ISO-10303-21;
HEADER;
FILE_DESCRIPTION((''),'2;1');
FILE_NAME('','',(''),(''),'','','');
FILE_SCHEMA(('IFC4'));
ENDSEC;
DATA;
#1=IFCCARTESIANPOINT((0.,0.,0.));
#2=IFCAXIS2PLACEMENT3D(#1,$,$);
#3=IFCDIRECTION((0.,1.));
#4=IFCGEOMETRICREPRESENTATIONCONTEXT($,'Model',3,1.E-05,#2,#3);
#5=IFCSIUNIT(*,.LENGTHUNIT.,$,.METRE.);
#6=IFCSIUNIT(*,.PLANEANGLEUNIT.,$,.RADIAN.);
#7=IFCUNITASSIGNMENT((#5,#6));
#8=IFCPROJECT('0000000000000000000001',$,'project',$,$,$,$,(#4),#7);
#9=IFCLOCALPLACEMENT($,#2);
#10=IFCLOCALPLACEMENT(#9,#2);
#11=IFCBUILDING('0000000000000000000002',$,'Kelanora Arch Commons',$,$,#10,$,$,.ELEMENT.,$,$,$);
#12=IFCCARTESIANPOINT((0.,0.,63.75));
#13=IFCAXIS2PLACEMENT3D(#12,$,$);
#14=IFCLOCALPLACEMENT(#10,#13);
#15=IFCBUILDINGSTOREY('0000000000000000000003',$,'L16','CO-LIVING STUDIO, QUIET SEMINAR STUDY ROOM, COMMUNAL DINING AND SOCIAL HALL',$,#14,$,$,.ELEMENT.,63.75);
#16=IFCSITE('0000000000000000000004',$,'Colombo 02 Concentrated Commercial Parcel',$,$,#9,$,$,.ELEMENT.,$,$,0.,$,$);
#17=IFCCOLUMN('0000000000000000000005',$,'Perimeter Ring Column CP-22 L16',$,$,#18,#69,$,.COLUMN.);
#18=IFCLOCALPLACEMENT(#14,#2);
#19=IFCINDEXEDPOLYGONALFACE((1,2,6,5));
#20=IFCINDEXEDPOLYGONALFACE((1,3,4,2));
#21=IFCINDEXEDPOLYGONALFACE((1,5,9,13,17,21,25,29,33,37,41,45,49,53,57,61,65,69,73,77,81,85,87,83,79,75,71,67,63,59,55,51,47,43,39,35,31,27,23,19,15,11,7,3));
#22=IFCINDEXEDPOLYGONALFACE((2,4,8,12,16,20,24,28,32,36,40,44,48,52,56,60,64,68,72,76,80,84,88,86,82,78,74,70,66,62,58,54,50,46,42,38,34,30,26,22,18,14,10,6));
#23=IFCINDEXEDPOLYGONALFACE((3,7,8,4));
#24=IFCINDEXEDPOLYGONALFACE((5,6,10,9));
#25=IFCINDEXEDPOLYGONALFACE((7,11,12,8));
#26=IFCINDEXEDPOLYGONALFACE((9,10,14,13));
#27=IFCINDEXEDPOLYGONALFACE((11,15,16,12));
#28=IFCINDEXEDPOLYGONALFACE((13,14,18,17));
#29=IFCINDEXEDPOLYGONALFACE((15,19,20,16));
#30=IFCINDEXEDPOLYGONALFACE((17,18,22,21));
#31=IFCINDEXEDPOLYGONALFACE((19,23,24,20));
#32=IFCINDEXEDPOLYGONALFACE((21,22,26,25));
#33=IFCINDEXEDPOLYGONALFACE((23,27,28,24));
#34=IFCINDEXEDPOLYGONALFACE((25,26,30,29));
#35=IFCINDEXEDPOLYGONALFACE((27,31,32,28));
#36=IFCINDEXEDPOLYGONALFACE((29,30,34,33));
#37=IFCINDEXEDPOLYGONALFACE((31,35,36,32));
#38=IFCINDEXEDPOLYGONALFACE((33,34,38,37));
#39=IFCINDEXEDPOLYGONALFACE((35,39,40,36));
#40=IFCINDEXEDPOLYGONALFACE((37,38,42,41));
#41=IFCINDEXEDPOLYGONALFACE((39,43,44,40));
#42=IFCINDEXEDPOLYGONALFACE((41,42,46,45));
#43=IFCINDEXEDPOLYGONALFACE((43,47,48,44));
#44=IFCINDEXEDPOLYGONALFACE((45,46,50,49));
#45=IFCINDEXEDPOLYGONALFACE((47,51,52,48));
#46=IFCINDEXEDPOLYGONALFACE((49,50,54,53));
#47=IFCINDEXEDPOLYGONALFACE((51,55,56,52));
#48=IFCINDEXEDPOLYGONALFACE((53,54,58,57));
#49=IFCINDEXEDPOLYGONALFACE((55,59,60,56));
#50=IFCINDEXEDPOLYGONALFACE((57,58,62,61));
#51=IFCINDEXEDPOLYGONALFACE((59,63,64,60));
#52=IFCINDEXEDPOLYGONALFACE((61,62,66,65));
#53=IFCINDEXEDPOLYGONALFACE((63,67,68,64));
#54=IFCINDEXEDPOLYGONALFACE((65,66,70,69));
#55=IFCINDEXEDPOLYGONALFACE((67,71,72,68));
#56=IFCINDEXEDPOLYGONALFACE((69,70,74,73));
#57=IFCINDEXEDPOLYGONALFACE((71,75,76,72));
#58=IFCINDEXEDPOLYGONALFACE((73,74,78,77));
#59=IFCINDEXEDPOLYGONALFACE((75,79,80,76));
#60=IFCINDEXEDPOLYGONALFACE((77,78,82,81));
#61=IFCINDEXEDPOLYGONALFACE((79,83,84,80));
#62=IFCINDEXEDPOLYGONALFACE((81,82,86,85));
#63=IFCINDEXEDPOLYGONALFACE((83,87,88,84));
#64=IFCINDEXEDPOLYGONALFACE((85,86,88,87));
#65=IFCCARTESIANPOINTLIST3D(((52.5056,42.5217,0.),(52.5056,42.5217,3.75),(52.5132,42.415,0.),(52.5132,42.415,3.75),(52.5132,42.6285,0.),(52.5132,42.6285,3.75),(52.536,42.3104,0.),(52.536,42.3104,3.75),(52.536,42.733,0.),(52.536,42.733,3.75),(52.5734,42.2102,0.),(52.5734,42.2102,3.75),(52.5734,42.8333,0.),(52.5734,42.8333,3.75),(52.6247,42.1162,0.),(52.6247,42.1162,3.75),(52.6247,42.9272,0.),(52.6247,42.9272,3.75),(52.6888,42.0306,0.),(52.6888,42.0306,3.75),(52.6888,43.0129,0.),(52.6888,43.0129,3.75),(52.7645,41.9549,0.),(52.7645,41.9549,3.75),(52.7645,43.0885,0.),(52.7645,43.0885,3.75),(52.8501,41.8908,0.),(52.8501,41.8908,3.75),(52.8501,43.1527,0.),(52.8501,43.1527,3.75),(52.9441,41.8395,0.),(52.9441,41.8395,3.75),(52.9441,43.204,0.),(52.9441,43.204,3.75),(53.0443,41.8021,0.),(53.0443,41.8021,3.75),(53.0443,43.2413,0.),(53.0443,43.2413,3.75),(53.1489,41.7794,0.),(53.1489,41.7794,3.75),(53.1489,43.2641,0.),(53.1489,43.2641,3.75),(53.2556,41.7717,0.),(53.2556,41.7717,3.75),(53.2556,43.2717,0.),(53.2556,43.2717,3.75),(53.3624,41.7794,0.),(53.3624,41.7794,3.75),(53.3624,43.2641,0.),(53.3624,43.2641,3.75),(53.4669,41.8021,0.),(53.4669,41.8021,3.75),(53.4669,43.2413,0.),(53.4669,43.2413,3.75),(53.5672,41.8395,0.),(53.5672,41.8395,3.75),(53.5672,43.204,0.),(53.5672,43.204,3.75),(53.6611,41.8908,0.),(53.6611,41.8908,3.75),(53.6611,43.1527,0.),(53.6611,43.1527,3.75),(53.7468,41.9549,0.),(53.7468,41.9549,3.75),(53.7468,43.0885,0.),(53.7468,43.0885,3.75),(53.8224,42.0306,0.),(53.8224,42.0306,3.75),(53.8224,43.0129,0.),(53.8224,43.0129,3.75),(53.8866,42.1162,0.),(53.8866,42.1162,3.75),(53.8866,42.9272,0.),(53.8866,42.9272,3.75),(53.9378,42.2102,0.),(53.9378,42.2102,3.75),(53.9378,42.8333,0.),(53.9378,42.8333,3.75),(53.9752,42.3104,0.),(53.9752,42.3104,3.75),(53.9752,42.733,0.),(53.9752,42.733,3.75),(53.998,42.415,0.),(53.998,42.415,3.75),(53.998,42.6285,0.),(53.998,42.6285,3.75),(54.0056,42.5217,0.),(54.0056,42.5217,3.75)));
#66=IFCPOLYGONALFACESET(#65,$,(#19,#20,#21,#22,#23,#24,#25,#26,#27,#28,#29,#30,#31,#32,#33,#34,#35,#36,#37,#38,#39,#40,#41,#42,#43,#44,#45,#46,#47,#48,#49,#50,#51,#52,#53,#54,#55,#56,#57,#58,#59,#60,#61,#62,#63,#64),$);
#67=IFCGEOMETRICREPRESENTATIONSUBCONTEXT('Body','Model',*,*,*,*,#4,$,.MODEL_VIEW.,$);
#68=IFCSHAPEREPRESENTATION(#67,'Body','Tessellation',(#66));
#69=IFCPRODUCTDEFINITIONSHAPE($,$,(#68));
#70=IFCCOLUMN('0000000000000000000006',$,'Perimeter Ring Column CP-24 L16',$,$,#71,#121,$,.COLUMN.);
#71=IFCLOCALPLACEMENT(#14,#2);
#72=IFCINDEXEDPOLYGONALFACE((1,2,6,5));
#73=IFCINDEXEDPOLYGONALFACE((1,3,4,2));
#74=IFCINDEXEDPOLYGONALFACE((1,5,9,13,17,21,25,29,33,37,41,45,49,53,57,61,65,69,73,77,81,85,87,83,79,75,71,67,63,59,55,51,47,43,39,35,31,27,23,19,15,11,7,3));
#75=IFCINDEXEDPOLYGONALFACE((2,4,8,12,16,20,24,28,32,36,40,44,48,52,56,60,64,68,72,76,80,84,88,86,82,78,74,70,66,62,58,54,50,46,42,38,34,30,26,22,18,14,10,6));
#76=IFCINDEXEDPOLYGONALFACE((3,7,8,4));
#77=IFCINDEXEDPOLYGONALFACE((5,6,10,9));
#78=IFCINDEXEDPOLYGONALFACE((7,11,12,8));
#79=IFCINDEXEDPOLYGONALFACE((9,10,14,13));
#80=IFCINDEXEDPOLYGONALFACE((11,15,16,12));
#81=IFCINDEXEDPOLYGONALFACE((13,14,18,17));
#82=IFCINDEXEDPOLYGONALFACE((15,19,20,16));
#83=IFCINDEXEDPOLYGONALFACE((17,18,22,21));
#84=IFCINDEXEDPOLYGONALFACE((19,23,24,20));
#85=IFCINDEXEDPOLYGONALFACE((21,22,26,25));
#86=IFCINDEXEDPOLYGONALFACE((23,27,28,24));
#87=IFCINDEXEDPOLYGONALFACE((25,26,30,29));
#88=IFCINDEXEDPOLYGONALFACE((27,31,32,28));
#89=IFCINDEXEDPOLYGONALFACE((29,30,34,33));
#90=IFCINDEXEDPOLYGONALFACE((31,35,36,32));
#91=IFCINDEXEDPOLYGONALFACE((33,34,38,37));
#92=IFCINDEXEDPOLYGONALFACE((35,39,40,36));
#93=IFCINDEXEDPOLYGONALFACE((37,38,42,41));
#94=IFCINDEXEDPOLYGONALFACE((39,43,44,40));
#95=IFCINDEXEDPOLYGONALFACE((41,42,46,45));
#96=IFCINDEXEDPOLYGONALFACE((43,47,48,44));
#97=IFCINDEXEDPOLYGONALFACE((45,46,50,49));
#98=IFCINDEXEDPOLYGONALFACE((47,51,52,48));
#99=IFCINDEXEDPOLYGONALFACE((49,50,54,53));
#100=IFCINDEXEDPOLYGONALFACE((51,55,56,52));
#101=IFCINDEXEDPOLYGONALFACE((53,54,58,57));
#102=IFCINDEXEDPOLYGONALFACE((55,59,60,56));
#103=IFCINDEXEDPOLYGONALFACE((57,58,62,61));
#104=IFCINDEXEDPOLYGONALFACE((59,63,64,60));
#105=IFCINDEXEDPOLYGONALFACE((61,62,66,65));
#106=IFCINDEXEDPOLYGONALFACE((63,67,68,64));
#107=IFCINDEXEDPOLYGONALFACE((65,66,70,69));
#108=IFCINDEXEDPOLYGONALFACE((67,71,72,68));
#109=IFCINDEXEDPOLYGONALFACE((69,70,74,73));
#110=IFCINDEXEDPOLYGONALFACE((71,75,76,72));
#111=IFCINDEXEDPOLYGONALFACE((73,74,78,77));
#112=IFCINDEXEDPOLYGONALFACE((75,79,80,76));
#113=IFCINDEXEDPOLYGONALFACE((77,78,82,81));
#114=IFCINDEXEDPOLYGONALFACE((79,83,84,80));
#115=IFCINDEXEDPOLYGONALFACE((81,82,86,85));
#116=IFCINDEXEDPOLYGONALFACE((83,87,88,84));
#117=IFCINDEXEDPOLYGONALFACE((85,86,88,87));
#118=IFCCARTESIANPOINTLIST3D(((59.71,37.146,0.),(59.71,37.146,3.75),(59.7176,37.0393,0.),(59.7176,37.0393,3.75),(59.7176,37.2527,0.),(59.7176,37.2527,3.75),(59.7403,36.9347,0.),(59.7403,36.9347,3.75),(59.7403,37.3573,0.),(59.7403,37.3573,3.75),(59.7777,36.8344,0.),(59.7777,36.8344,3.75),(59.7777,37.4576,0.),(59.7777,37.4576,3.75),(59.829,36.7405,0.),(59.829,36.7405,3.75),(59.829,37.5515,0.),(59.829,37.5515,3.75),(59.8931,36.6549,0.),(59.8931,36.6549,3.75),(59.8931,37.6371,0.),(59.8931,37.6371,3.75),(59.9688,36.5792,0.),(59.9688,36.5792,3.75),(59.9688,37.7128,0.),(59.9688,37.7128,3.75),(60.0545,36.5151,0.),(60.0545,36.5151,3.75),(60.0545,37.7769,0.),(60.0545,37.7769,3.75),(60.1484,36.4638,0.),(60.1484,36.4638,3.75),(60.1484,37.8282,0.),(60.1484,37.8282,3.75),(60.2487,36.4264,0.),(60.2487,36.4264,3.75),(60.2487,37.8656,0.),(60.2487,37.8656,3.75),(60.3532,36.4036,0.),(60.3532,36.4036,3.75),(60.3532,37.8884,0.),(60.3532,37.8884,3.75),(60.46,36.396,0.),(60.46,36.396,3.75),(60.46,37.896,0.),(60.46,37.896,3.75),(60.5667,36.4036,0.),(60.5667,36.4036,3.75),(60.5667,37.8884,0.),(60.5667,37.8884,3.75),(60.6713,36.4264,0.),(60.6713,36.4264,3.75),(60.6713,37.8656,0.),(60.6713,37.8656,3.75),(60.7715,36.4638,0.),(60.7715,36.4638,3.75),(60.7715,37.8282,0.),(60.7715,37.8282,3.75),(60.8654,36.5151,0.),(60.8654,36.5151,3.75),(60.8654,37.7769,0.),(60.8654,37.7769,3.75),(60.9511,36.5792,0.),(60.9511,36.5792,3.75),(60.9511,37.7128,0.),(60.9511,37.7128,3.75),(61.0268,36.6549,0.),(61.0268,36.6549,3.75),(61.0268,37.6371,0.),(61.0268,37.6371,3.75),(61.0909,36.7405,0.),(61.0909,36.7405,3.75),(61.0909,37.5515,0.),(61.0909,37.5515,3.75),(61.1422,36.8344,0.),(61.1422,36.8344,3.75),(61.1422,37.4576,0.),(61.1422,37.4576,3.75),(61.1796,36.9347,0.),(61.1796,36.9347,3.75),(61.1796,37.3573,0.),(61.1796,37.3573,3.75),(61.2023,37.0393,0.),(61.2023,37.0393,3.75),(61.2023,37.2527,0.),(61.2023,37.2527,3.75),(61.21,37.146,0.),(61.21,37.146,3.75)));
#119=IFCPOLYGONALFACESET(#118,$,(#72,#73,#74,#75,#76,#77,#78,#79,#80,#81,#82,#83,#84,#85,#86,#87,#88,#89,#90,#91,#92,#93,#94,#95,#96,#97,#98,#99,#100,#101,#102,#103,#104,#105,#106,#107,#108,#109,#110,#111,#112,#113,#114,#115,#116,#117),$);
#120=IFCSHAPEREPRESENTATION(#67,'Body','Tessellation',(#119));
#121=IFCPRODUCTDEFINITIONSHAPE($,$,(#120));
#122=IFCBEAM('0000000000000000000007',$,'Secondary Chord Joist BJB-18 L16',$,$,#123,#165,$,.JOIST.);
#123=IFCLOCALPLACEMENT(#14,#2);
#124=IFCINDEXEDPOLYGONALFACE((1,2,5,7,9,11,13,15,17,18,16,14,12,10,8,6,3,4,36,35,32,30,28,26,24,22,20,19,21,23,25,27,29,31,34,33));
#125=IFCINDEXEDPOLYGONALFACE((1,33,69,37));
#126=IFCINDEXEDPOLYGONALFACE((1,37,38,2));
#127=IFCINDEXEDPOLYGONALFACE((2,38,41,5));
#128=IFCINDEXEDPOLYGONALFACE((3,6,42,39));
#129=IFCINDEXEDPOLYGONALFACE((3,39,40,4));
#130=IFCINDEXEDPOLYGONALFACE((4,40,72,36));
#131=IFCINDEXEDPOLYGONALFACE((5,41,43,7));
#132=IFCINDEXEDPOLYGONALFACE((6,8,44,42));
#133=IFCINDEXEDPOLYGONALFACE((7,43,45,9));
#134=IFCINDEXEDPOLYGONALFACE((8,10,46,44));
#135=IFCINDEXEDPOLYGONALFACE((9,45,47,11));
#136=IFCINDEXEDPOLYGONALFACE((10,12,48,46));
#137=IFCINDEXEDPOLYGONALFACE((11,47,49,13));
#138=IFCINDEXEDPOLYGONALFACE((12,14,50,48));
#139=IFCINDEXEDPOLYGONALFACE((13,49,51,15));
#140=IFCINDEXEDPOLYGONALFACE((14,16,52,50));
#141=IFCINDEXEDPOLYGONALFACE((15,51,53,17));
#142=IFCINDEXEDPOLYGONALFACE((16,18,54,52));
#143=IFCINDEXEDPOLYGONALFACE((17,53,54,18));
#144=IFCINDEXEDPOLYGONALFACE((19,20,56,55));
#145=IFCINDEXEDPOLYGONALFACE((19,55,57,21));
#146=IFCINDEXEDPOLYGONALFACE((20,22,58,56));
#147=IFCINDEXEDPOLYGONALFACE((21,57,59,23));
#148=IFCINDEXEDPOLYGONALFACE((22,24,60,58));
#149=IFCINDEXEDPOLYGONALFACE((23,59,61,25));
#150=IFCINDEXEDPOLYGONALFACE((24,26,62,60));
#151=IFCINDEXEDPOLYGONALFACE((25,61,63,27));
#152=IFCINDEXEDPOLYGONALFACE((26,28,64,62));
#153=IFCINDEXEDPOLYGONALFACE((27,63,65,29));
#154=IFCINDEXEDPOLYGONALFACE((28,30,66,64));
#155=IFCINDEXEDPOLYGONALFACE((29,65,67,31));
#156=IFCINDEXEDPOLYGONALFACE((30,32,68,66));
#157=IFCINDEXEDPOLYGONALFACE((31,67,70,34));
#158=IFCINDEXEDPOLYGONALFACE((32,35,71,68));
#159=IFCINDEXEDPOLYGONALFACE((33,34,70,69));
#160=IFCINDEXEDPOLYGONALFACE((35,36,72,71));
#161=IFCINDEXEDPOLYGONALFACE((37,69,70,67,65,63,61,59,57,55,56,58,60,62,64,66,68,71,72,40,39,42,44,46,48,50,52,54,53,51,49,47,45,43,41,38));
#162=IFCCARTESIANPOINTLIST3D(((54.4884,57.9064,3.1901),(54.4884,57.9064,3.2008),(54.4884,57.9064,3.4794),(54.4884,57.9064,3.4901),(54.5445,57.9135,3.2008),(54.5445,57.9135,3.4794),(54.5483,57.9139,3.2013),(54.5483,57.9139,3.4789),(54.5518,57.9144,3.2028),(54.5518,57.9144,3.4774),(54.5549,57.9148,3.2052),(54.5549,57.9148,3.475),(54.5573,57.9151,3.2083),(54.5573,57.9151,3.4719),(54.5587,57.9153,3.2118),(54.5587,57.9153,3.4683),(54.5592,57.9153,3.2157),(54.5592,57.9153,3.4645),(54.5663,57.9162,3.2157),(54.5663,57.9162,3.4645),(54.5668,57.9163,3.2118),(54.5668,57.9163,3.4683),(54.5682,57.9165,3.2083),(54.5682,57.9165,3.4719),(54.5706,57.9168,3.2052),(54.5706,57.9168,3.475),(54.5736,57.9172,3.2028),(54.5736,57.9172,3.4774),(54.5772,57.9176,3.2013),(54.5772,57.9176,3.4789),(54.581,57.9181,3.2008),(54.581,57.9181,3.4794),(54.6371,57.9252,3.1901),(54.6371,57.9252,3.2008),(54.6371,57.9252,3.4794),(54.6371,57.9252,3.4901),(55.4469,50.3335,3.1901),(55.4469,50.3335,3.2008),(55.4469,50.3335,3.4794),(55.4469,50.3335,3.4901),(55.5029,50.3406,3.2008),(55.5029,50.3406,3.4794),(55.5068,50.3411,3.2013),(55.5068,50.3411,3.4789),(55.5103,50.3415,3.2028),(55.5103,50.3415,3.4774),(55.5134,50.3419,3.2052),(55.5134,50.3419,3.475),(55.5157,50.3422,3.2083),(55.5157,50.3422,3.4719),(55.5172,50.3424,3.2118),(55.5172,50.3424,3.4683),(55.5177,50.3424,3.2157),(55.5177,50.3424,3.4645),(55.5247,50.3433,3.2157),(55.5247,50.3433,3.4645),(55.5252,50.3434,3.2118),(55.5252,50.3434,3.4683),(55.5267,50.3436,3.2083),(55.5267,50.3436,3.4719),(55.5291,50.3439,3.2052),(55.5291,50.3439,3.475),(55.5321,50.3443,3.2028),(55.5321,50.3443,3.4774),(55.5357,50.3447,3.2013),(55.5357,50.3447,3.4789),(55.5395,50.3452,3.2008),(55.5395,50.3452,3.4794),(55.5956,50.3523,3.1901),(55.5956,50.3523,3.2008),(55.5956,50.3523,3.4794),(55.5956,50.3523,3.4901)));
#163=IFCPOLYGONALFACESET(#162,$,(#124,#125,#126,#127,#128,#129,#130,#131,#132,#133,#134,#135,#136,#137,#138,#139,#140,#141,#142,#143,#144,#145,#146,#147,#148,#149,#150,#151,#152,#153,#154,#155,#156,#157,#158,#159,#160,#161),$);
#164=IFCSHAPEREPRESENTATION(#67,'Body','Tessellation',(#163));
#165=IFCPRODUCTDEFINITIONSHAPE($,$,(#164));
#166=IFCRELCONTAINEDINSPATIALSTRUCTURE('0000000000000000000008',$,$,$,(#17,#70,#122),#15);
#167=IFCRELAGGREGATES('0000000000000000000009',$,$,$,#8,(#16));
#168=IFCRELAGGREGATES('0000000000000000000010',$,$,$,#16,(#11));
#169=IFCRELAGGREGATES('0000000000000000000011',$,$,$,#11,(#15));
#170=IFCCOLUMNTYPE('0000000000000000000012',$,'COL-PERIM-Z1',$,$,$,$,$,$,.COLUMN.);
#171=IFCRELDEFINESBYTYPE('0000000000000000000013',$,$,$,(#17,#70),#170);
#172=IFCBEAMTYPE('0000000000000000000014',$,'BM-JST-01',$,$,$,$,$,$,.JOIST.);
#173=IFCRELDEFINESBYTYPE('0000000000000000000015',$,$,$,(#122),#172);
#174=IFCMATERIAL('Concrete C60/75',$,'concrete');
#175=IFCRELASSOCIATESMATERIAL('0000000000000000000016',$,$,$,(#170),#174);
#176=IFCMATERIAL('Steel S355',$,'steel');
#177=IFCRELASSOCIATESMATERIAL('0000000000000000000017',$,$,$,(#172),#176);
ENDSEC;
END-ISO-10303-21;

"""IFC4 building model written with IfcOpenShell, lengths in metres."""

from ifc_helpers import new_model, si_unit, direction, frame, origin, origin_2d, place, context, subcontext, project, spatial, circle, i_section, extrude, material, material_profile, profile_set, type_object, element, save


model = new_model("IFC4")

# Units and contexts
model_context = context("Model", 3, precision=1e-05, world=origin(), true_north=direction((0.0, 1.0)))
body_context = subcontext(model_context, "Body", "Model", "MODEL_VIEW")
ifc_project = project(units=[si_unit("LENGTHUNIT", "METRE"), si_unit("PLANEANGLEUNIT", "RADIAN")], contexts=[model_context])

# Site, building, storey
site_placement = place(None, origin())
site = spatial("IfcSite", under=ifc_project, at=site_placement, Name="Colombo 02 Concentrated Commercial Parcel", CompositionType="ELEMENT", RefElevation=0.0)
building_placement = place(site_placement, origin())
building = spatial("IfcBuilding", under=site, at=building_placement, Name="Kelanora Arch Commons", CompositionType="ELEMENT")
storey_placement = place(building_placement, frame((0.0, 0.0, 63.75)))
storey = spatial("IfcBuildingStorey", under=building, at=storey_placement, Name="L16", Description="CO-LIVING STUDIO, QUIET SEMINAR STUDY ROOM, COMMUNAL DINING AND SOCIAL HALL", CompositionType="ELEMENT", Elevation=63.75)

# Columns
ifc_material_1 = material(Name="Concrete C60/75", Category="concrete")
ifc_material_profile_1 = material_profile(ifc_material_1, circle(Radius=0.75, at=origin_2d()), Name="RCC1500")
ifc_profile_set_1 = profile_set([ifc_material_profile_1], Name="Concrete C60/75")
column_type = type_object("IfcColumnType", Name="COL-PERIM-Z1", PredefinedType="COLUMN", material=ifc_profile_set_1)
for number, where, z_axis, x_axis, name in (
    (1, (53.2556, 42.5217, 0.0), (0.0, 0.0, 1.0), (1.0, 0.0, 0.0), "Perimeter Ring Column CP-22 L16"),
    (2, (60.46, 37.146, 0.0), (0.0, 0.0, 1.0), (1.0, 0.0, 0.0), "Perimeter Ring Column CP-24 L16"),
):
    element("IfcColumn", number, at=place(storey_placement, frame(where, z_axis=z_axis, x_axis=x_axis)), inside=storey, type_object=column_type, Name=name, PredefinedType="COLUMN", context=body_context, shape_type="SweptSolid", body=[
        extrude(circle(Radius=0.75, at=origin_2d()), origin(), (0.0, 0.0, 1.0), 3.75),
    ])

# Beam
ifc_material_2 = material(Name="Steel S355", Category="steel")
ifc_material_profile_2 = material_profile(ifc_material_2, i_section(OverallWidth=0.1499, OverallDepth=0.3, WebThickness=0.0071, FlangeThickness=0.0107, FilletRadius=0.0149, at=origin_2d()), Name="IPE300")
ifc_profile_set_2 = profile_set([ifc_material_profile_2], Name="Steel S355")
beam_type_1 = type_object("IfcBeamType", Name="BM-JST-01", PredefinedType="JOIST", material=ifc_profile_set_2)
beam_1_placement = place(storey_placement, frame((54.5627, 57.9158, 3.3401), z_axis=(0.125566, -0.992085, 0.0), x_axis=(0.992085, 0.125566, 0.0)))
element("IfcBeam", 3, at=beam_1_placement, inside=storey, type_object=beam_type_1, Name="Secondary Chord Joist BJB-18 L16", PredefinedType="JOIST", context=body_context, shape_type="SweptSolid", body=[
    extrude(i_section(OverallWidth=0.1499, OverallDepth=0.3, WebThickness=0.0071, FlangeThickness=0.0107, FilletRadius=0.0149, at=origin_2d()), origin(), (0.0, 0.0, 1.0), 7.6333),
])

save(model, "model.ifc")
